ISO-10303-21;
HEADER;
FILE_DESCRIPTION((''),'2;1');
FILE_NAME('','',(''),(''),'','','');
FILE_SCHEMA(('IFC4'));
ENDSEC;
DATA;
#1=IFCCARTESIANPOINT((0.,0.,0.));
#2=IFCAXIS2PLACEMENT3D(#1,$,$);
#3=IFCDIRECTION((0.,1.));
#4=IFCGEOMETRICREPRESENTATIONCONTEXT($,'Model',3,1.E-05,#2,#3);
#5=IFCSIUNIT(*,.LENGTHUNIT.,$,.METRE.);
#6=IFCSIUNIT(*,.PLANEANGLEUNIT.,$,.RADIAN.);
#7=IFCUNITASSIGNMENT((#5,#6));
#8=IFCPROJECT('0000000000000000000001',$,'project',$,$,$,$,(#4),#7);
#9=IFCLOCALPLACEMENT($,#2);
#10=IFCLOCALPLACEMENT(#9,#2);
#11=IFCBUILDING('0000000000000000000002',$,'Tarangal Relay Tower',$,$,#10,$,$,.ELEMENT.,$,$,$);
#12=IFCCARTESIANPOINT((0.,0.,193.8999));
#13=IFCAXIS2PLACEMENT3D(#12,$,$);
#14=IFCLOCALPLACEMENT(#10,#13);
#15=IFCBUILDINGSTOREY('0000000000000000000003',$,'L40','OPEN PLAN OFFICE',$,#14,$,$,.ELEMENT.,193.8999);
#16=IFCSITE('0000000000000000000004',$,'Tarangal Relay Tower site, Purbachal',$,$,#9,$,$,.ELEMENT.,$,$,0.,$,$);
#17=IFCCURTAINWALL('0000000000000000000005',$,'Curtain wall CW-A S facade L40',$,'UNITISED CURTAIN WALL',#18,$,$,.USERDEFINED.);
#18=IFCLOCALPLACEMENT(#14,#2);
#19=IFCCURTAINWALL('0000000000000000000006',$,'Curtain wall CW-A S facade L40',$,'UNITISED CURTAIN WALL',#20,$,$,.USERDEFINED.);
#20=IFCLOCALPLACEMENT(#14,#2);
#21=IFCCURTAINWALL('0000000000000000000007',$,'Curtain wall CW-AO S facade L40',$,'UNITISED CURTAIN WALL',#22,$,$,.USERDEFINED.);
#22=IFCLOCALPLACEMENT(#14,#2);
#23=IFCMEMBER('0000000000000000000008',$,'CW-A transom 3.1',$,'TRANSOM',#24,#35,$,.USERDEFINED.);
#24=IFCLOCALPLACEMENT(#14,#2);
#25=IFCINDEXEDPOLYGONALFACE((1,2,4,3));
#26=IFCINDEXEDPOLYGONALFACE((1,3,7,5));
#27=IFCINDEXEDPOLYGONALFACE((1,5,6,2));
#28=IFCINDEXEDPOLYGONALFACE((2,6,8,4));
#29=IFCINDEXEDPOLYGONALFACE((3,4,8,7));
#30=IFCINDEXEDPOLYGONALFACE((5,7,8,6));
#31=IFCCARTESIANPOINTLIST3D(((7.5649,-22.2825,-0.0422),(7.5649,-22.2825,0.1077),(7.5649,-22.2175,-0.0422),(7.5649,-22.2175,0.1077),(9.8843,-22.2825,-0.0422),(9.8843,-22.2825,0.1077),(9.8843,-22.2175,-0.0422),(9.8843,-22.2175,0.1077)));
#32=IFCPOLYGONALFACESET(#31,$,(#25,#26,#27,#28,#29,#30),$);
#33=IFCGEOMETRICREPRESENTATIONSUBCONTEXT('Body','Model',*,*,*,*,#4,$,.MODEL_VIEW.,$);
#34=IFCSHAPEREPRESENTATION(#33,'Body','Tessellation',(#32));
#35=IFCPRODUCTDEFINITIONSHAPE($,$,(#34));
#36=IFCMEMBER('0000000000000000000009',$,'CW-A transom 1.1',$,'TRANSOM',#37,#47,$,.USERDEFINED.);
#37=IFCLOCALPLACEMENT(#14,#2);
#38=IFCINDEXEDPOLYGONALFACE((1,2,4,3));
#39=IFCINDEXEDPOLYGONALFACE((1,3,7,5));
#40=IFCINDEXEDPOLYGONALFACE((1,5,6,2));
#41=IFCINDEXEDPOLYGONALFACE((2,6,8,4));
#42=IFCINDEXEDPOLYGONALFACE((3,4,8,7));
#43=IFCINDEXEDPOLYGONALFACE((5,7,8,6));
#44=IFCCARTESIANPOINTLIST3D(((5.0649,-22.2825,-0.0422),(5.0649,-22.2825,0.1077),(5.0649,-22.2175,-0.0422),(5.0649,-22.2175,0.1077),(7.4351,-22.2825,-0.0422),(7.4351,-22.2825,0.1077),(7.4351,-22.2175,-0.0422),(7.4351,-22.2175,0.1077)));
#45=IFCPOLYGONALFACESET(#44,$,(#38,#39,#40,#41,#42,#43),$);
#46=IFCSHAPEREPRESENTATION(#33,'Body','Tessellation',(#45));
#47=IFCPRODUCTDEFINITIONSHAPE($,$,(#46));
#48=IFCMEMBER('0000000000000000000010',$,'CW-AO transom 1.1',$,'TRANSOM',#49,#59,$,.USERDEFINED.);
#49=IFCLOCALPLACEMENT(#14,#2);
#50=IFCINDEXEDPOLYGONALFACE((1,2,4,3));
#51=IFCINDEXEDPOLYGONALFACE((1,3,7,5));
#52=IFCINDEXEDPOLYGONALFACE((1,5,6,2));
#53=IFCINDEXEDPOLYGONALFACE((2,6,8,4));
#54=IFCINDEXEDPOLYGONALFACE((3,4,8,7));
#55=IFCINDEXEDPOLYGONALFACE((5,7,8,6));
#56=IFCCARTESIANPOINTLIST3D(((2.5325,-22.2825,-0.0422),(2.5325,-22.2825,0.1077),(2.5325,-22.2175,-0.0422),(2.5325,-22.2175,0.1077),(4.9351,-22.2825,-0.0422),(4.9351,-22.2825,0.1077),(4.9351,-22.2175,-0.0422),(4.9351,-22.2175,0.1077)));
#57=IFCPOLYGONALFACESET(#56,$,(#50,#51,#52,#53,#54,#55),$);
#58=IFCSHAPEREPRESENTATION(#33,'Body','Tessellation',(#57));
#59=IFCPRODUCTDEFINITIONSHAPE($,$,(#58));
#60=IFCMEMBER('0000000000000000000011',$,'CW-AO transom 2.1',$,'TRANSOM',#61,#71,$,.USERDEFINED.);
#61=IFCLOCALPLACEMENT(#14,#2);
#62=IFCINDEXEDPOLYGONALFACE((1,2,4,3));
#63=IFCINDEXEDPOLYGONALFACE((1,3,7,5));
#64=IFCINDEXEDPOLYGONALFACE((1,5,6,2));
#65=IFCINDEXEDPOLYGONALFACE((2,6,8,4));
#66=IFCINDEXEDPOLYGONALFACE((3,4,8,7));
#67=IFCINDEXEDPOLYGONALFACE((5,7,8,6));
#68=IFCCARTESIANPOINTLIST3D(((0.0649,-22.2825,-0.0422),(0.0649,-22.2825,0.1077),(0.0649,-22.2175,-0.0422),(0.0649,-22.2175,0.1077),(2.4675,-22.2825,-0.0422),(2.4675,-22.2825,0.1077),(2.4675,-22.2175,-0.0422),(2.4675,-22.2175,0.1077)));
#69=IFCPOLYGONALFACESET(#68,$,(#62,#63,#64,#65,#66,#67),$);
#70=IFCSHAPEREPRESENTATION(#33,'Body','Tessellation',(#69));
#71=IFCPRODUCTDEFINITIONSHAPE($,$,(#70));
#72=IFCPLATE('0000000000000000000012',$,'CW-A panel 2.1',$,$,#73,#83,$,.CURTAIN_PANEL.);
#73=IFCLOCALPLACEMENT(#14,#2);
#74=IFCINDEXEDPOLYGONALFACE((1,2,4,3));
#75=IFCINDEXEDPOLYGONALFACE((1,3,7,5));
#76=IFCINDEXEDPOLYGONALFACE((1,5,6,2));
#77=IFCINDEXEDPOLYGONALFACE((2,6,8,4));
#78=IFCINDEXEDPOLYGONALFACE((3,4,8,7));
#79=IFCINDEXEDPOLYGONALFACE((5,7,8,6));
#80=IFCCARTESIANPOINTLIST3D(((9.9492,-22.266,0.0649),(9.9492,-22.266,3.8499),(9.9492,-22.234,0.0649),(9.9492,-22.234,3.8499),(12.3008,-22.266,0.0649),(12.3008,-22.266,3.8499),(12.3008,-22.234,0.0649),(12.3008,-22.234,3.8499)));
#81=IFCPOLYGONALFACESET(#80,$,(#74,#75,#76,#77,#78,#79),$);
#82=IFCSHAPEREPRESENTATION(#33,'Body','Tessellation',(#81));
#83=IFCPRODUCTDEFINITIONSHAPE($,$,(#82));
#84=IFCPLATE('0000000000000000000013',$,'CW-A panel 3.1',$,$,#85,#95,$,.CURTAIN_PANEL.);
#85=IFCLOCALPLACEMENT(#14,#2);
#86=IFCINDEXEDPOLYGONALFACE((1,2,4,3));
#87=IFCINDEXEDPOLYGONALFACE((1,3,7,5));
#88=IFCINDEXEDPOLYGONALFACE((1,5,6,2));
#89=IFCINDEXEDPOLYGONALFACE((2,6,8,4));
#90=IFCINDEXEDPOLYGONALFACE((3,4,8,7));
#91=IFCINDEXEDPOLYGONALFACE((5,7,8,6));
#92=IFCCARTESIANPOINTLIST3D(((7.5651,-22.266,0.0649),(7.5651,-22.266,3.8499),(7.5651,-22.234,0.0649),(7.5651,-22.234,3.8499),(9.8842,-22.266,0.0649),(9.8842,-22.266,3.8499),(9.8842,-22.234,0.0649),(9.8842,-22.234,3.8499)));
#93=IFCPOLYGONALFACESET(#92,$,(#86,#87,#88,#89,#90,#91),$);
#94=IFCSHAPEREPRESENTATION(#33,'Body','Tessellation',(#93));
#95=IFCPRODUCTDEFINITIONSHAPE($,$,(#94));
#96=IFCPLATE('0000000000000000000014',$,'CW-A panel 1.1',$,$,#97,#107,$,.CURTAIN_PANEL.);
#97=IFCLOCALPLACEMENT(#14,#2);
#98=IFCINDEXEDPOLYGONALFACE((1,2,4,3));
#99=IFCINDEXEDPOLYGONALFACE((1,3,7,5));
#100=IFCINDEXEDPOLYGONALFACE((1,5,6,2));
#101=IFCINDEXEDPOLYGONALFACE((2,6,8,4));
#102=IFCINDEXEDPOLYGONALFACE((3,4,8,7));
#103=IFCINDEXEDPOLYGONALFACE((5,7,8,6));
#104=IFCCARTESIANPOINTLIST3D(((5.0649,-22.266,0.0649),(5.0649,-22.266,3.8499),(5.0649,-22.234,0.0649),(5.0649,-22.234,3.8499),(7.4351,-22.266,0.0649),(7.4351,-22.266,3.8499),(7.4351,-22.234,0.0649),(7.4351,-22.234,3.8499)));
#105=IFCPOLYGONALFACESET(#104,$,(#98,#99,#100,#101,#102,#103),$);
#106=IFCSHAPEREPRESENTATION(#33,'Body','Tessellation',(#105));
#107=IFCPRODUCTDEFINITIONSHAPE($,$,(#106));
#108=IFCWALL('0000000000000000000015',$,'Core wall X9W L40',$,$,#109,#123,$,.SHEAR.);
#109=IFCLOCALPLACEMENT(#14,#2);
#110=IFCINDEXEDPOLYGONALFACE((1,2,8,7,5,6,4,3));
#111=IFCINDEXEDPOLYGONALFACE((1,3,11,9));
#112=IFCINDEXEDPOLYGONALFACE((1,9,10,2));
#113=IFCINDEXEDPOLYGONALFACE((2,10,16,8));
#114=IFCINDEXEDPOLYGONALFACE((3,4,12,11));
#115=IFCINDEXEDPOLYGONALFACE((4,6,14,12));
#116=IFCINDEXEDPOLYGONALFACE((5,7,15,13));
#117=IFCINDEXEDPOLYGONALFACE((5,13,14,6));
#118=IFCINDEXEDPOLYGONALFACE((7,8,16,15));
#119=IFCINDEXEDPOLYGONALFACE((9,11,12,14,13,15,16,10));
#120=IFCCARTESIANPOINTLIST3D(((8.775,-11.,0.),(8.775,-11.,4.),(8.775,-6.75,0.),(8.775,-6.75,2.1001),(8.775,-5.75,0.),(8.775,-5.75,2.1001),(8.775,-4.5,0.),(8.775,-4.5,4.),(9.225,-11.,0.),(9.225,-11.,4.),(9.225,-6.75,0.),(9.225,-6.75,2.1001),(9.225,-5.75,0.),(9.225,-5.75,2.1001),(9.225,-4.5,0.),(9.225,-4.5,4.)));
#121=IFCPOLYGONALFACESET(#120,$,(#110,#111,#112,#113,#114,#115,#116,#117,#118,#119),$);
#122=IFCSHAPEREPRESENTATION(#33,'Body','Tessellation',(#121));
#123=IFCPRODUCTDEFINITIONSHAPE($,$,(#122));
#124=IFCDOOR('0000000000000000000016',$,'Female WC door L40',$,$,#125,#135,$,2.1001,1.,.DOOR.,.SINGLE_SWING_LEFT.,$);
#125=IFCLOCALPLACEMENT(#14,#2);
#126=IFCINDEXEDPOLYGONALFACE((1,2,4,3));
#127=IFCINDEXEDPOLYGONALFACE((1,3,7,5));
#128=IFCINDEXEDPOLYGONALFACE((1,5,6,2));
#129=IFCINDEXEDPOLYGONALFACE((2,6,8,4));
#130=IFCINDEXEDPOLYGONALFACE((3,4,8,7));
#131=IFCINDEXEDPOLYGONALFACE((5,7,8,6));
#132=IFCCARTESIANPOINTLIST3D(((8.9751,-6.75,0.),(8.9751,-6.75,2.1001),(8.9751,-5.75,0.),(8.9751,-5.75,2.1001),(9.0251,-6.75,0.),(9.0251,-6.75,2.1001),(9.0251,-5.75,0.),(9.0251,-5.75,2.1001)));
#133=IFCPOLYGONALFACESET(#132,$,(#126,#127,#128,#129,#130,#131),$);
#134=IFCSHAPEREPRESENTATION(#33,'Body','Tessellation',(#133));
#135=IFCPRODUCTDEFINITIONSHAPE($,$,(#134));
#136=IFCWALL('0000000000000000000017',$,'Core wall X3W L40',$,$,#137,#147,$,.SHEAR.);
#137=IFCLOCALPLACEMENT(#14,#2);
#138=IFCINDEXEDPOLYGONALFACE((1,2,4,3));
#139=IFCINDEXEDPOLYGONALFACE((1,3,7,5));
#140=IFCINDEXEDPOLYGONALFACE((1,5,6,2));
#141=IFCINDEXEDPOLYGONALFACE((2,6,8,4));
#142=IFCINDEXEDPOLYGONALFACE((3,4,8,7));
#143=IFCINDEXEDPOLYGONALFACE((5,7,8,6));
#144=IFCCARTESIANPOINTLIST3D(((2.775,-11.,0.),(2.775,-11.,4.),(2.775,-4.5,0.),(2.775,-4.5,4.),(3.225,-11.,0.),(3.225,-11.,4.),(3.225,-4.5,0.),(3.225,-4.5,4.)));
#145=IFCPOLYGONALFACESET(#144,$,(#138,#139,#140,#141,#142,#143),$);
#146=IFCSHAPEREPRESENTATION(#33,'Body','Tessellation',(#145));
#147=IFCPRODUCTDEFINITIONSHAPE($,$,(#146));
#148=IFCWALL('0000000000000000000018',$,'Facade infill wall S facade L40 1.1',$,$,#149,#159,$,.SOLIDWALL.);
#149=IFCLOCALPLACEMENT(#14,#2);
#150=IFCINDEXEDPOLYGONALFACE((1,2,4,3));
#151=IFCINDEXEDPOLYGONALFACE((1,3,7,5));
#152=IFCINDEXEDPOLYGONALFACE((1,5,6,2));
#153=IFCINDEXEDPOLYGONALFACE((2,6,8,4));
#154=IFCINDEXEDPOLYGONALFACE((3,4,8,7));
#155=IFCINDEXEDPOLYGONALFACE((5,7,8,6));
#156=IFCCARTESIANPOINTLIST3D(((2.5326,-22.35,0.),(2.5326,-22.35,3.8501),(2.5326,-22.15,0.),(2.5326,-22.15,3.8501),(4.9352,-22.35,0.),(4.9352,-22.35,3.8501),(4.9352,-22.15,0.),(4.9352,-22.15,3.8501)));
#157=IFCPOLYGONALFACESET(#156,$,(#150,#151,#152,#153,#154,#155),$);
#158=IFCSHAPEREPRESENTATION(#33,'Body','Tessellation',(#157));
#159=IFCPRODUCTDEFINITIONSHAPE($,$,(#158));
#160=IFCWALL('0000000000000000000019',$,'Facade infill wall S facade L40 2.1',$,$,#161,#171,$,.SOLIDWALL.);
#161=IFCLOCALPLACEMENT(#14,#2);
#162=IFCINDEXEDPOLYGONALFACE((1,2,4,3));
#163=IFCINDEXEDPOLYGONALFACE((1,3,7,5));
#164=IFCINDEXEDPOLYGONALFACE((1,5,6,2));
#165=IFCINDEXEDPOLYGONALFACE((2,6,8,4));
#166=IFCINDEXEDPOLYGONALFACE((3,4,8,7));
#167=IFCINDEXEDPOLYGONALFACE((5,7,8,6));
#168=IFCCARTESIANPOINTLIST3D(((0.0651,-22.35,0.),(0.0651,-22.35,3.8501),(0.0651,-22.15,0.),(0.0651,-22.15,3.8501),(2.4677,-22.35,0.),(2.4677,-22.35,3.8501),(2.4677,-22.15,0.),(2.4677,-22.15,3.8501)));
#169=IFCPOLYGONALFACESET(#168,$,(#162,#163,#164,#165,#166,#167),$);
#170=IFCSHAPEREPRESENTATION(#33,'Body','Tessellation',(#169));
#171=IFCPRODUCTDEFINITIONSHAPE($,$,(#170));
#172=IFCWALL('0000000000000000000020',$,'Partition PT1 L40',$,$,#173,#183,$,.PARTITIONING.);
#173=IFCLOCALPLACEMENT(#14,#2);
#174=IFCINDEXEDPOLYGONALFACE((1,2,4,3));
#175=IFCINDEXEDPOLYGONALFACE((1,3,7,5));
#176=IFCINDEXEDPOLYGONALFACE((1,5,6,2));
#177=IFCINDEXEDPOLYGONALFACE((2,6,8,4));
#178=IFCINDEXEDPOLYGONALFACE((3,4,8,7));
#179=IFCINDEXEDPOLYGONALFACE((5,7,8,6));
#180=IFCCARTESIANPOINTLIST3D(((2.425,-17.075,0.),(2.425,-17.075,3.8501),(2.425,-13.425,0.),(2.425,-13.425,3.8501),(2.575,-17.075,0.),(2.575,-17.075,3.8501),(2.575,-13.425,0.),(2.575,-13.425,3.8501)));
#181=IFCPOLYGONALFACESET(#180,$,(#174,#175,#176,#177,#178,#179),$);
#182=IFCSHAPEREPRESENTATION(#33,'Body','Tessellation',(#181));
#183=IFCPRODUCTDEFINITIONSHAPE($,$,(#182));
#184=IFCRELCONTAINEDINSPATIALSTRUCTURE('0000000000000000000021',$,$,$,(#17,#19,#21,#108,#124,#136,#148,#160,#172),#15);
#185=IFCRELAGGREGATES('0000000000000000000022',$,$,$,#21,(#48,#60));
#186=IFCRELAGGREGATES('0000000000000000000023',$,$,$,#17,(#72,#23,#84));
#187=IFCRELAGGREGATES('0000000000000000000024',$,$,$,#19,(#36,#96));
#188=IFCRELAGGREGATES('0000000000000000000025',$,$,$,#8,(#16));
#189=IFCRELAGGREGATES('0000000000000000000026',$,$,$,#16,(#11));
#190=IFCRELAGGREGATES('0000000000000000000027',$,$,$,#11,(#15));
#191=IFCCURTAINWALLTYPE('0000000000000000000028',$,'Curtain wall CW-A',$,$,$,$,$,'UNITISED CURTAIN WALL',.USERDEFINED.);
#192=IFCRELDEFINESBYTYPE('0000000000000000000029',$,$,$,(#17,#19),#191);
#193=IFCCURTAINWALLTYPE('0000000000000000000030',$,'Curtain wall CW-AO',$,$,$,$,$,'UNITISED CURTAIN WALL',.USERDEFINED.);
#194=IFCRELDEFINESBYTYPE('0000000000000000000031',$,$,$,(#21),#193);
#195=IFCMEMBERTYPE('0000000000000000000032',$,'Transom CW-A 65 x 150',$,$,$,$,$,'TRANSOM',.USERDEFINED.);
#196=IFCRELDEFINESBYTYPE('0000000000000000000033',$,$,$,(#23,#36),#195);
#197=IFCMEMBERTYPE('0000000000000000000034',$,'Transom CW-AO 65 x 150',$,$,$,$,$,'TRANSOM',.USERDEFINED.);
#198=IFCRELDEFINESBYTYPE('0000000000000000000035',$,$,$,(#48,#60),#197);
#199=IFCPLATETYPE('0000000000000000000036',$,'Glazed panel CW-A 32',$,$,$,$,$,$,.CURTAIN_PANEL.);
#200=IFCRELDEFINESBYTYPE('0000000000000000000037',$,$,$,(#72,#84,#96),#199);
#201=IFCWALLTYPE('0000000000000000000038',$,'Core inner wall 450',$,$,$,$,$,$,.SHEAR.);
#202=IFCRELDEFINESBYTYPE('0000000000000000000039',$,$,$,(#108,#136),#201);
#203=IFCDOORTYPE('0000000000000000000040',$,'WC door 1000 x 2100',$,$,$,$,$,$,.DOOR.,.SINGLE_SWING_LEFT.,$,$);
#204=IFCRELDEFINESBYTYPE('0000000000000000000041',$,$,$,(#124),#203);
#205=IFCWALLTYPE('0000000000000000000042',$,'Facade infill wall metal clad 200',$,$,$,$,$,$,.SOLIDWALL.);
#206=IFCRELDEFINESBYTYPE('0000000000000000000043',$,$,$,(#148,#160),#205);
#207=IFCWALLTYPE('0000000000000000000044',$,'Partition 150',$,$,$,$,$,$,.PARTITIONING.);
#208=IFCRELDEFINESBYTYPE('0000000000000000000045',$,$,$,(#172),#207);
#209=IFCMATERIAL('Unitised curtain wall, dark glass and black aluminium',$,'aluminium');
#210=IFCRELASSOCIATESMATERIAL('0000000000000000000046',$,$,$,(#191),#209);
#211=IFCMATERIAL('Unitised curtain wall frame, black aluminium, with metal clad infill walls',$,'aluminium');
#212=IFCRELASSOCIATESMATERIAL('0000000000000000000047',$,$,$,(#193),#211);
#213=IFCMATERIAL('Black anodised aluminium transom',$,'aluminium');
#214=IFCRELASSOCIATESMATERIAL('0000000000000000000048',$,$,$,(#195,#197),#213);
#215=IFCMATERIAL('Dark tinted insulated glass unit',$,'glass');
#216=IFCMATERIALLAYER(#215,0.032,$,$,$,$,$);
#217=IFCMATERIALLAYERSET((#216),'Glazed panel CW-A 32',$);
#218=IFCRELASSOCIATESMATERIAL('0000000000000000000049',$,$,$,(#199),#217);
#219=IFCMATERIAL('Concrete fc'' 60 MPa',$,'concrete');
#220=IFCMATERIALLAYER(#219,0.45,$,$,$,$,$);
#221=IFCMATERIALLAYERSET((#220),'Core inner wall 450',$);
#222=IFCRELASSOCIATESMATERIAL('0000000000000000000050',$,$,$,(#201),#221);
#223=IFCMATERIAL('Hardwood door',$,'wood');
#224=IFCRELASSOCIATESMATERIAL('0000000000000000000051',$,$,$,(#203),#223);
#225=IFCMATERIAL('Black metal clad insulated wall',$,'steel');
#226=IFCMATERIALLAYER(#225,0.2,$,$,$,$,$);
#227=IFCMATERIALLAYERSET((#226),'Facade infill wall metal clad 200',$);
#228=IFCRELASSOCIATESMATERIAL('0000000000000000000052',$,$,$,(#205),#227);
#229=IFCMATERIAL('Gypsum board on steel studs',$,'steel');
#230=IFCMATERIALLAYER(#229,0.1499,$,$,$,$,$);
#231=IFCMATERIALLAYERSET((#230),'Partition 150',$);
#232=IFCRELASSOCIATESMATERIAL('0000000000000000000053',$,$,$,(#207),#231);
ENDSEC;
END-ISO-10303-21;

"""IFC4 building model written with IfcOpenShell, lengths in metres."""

from ifc_helpers import new_model, si_unit, direction, frame, frame_2d, origin, origin_2d, place, context, subcontext, project, spatial, rectangle, extrude, material, layer, layer_set, material_profile, profile_set, type_object, element, fill, aggregate, save


model = new_model("IFC4")

# Units and contexts
model_context = context("Model", 3, precision=1e-05, world=origin(), true_north=direction((0.0, 1.0)))
body_context = subcontext(model_context, "Body", "Model", "MODEL_VIEW")
ifc_project = project(units=[si_unit("LENGTHUNIT", "METRE"), si_unit("PLANEANGLEUNIT", "RADIAN")], contexts=[model_context])

# Site, building, storey
site_placement = place(None, origin())
site = spatial("IfcSite", under=ifc_project, at=site_placement, Name="Tarangal Relay Tower site, Purbachal", CompositionType="ELEMENT", RefElevation=0.0)
building_placement = place(site_placement, origin())
building = spatial("IfcBuilding", under=site, at=building_placement, Name="Tarangal Relay Tower", CompositionType="ELEMENT")
storey_placement = place(building_placement, frame((0.0, 0.0, 193.8999)))
storey = spatial("IfcBuildingStorey", under=building, at=storey_placement, Name="L40", Description="OPEN PLAN OFFICE", CompositionType="ELEMENT", Elevation=193.8999)

# Curtain walls
ifc_material_1 = material(Name="Unitised curtain wall, dark glass and black aluminium", Category="aluminium")
curtain_wall_type_1 = type_object("IfcCurtainWallType", Name="Curtain wall CW-A", ElementType="UNITISED CURTAIN WALL", PredefinedType="USERDEFINED", material=ifc_material_1)
curtain_wall_1_placement = place(storey_placement, origin())
curtain_wall_1 = element("IfcCurtainWall", 1, at=curtain_wall_1_placement, inside=storey, type_object=curtain_wall_type_1, Name="Curtain wall CW-A S facade L40", ObjectType="UNITISED CURTAIN WALL", PredefinedType="USERDEFINED")
curtain_wall_2_placement = place(storey_placement, origin())
curtain_wall_2 = element("IfcCurtainWall", 2, at=curtain_wall_2_placement, inside=storey, type_object=curtain_wall_type_1, Name="Curtain wall CW-A S facade L40", ObjectType="UNITISED CURTAIN WALL", PredefinedType="USERDEFINED")
ifc_material_2 = material(Name="Unitised curtain wall frame, black aluminium, with metal clad infill walls", Category="aluminium")
curtain_wall_type_2 = type_object("IfcCurtainWallType", Name="Curtain wall CW-AO", ElementType="UNITISED CURTAIN WALL", PredefinedType="USERDEFINED", material=ifc_material_2)
curtain_wall_3_placement = place(storey_placement, origin())
curtain_wall_3 = element("IfcCurtainWall", 3, at=curtain_wall_3_placement, inside=storey, type_object=curtain_wall_type_2, Name="Curtain wall CW-AO S facade L40", ObjectType="UNITISED CURTAIN WALL", PredefinedType="USERDEFINED")

# Members
ifc_material_3 = material(Name="Black anodised aluminium transom", Category="aluminium")
ifc_material_profile_1 = material_profile(ifc_material_3, rectangle(XDim=0.0649, YDim=0.1499, at=origin_2d()), Name="CW-AT 65X150")
ifc_profile_set_1 = profile_set([ifc_material_profile_1], Name="Black anodised aluminium transom")
member_type_1 = type_object("IfcMemberType", Name="Transom CW-A 65 x 150", ElementType="TRANSOM", PredefinedType="USERDEFINED", material=ifc_profile_set_1)
member_1_placement = place(storey_placement, frame((9.8843, -22.25, 0.0327), z_axis=(-1.0, 0.0, 0.0), x_axis=(0.0, -1.0, 0.0)))
member_1 = element("IfcMember", 4, at=member_1_placement, type_object=member_type_1, Name="CW-A transom 3.1", ObjectType="TRANSOM", PredefinedType="USERDEFINED", context=body_context, shape_type="SweptSolid", body=[
    extrude(rectangle(XDim=0.0649, YDim=0.1499, at=origin_2d()), origin(), (0.0, 0.0, 1.0), 2.3193),
])
member_2_placement = place(storey_placement, frame((7.4351, -22.25, 0.0327), z_axis=(-1.0, 0.0, 0.0), x_axis=(0.0, -1.0, 0.0)))
member_2 = element("IfcMember", 5, at=member_2_placement, type_object=member_type_1, Name="CW-A transom 1.1", ObjectType="TRANSOM", PredefinedType="USERDEFINED", context=body_context, shape_type="SweptSolid", body=[
    extrude(rectangle(XDim=0.0649, YDim=0.1499, at=origin_2d()), origin(), (0.0, 0.0, 1.0), 2.3701),
])
ifc_material_profile_2 = material_profile(ifc_material_3, rectangle(XDim=0.0649, YDim=0.1499, at=origin_2d()), Name="CW-AOT 65X150")
ifc_profile_set_2 = profile_set([ifc_material_profile_2], Name="Black anodised aluminium transom")
member_type_2 = type_object("IfcMemberType", Name="Transom CW-AO 65 x 150", ElementType="TRANSOM", PredefinedType="USERDEFINED", material=ifc_profile_set_2)
member_3_placement = place(storey_placement, frame((4.9351, -22.25, 0.0327), z_axis=(-1.0, 0.0, 0.0), x_axis=(0.0, -1.0, 0.0)))
member_3 = element("IfcMember", 6, at=member_3_placement, type_object=member_type_2, Name="CW-AO transom 1.1", ObjectType="TRANSOM", PredefinedType="USERDEFINED", context=body_context, shape_type="SweptSolid", body=[
    extrude(rectangle(XDim=0.0649, YDim=0.1499, at=origin_2d()), origin(), (0.0, 0.0, 1.0), 2.4026),
])
member_4_placement = place(storey_placement, frame((2.4675, -22.25, 0.0327), z_axis=(-1.0, 0.0, 0.0), x_axis=(0.0, -1.0, 0.0)))
member_4 = element("IfcMember", 7, at=member_4_placement, type_object=member_type_2, Name="CW-AO transom 2.1", ObjectType="TRANSOM", PredefinedType="USERDEFINED", context=body_context, shape_type="SweptSolid", body=[
    extrude(rectangle(XDim=0.0649, YDim=0.1499, at=origin_2d()), origin(), (0.0, 0.0, 1.0), 2.4026),
])
aggregate(curtain_wall_3, [member_3, member_4])

# Plates
ifc_material_4 = material(Name="Dark tinted insulated glass unit", Category="glass")
ifc_layer_1 = layer(ifc_material_4, 0.032)
ifc_layer_set_1 = layer_set([ifc_layer_1], Name="Glazed panel CW-A 32")
plate_type = type_object("IfcPlateType", Name="Glazed panel CW-A 32", PredefinedType="CURTAIN_PANEL", material=ifc_layer_set_1)
plate_1_placement = place(storey_placement, frame((11.125, -22.25, 0.0649), z_axis=(0.0, 0.0, 1.0), x_axis=(-1.0, 0.0, 0.0)))
plate_1 = element("IfcPlate", 8, at=plate_1_placement, type_object=plate_type, Name="CW-A panel 2.1", PredefinedType="CURTAIN_PANEL", context=body_context, shape_type="SweptSolid", body=[
    extrude(rectangle(XDim=2.3516, YDim=0.032, at=origin_2d()), origin(), (0.0, 0.0, 1.0), 3.7849),
])
plate_2_placement = place(storey_placement, frame((8.7246, -22.25, 0.0649), z_axis=(0.0, 0.0, 1.0), x_axis=(-1.0, 0.0, 0.0)))
plate_2 = element("IfcPlate", 9, at=plate_2_placement, type_object=plate_type, Name="CW-A panel 3.1", PredefinedType="CURTAIN_PANEL", context=body_context, shape_type="SweptSolid", body=[
    extrude(rectangle(XDim=2.3191, YDim=0.032, at=origin_2d()), origin(), (0.0, 0.0, 1.0), 3.7849),
])
aggregate(curtain_wall_1, [plate_1, member_1, plate_2])
plate_3_placement = place(storey_placement, frame((6.25, -22.25, 0.0649), z_axis=(0.0, 0.0, 1.0), x_axis=(-1.0, 0.0, 0.0)))
plate_3 = element("IfcPlate", 10, at=plate_3_placement, type_object=plate_type, Name="CW-A panel 1.1", PredefinedType="CURTAIN_PANEL", context=body_context, shape_type="SweptSolid", body=[
    extrude(rectangle(XDim=2.3701, YDim=0.032, at=origin_2d()), origin(), (0.0, 0.0, 1.0), 3.7849),
])
aggregate(curtain_wall_2, [member_2, plate_3])

# Wall, opening, door
ifc_material_5 = material(Name="Concrete fc' 60 MPa", Category="concrete")
ifc_layer_2 = layer(ifc_material_5, 0.45)
ifc_layer_set_2 = layer_set([ifc_layer_2], Name="Core inner wall 450")
wall_type_1 = type_object("IfcWallType", Name="Core inner wall 450", PredefinedType="SHEAR", material=ifc_layer_set_2)
wall_1_placement = place(storey_placement, frame((9.0, -11.0, 0.0), z_axis=(0.0, 0.0, 1.0), x_axis=(0.0, 1.0, 0.0)))
wall_1 = element("IfcWall", 11, at=wall_1_placement, inside=storey, type_object=wall_type_1, Name="Core wall X9W L40", PredefinedType="SHEAR", context=body_context, shape_type="SweptSolid", body=[
    extrude(rectangle(XDim=6.5, YDim=0.45, at=frame_2d((3.25, 0.0))), origin(), (0.0, 0.0, 1.0), 4.0),
])
opening_1_placement = place(wall_1_placement, frame((4.25, 0.0, 0.0)))
opening_1 = element("IfcOpeningElement", 12, at=opening_1_placement, cuts=wall_1, PredefinedType="OPENING", context=body_context, shape_type="SweptSolid", body=[
    extrude(rectangle(XDim=1.0, YDim=2.1001, at=frame_2d((0.5, 1.05))), frame((0.0, 0.2349, 0.0), z_axis=(0.0, -1.0, 0.0), x_axis=(1.0, 0.0, 0.0)), (0.0, 0.0, 1.0), 0.47),
])
ifc_material_6 = material(Name="Hardwood door", Category="wood")
door_type = type_object("IfcDoorType", Name="WC door 1000 x 2100", OperationType="SINGLE_SWING_LEFT", PredefinedType="DOOR", material=ifc_material_6)
door_1_placement = place(opening_1_placement, origin())
door_1 = element("IfcDoor", 13, at=door_1_placement, inside=storey, type_object=door_type, Name="Female WC door L40", OperationType="SINGLE_SWING_LEFT", OverallHeight=2.1001, OverallWidth=1.0, PredefinedType="DOOR", context=body_context, shape_type="SweptSolid", body=[
    extrude(rectangle(XDim=1.0, YDim=2.1001, at=frame_2d((0.5, 1.05))), frame((0.0, 0.0249, 0.0), z_axis=(0.0, -1.0, 0.0), x_axis=(1.0, 0.0, 0.0)), (0.0, 0.0, 1.0), 0.05),
])
fill(opening_1, door_1)

# Walls
wall_2_placement = place(storey_placement, frame((3.0, -11.0, 0.0), z_axis=(0.0, 0.0, 1.0), x_axis=(0.0, 1.0, 0.0)))
element("IfcWall", 14, at=wall_2_placement, inside=storey, type_object=wall_type_1, Name="Core wall X3W L40", PredefinedType="SHEAR", context=body_context, shape_type="SweptSolid", body=[
    extrude(rectangle(XDim=6.5, YDim=0.45, at=frame_2d((3.25, 0.0))), origin(), (0.0, 0.0, 1.0), 4.0),
])
ifc_material_7 = material(Name="Black metal clad insulated wall", Category="steel")
ifc_layer_3 = layer(ifc_material_7, 0.2)
ifc_layer_set_3 = layer_set([ifc_layer_3], Name="Facade infill wall metal clad 200")
wall_type_2 = type_object("IfcWallType", Name="Facade infill wall metal clad 200", PredefinedType="SOLIDWALL", material=ifc_layer_set_3)
for number, where, z_axis, x_axis, name in (
    (15, (4.9351, -22.25, 0.0), (0.0, 0.0, 1.0), (-1.0, 0.0, 0.0), "Facade infill wall S facade L40 1.1"),
    (16, (2.4675, -22.25, 0.0), (0.0, 0.0, 1.0), (-1.0, 0.0, 0.0), "Facade infill wall S facade L40 2.1"),
):
    element("IfcWall", number, at=place(storey_placement, frame(where, z_axis=z_axis, x_axis=x_axis)), inside=storey, type_object=wall_type_2, Name=name, PredefinedType="SOLIDWALL", context=body_context, shape_type="SweptSolid", body=[
        extrude(rectangle(XDim=2.4026, YDim=0.2, at=frame_2d((1.2012, 0.0))), origin(), (0.0, 0.0, 1.0), 3.8501),
    ])
ifc_material_8 = material(Name="Gypsum board on steel studs", Category="steel")
ifc_layer_4 = layer(ifc_material_8, 0.1499)
ifc_layer_set_4 = layer_set([ifc_layer_4], Name="Partition 150")
wall_type_3 = type_object("IfcWallType", Name="Partition 150", PredefinedType="PARTITIONING", material=ifc_layer_set_4)
wall_3_placement = place(storey_placement, frame((2.5, -17.075, 0.0), z_axis=(0.0, 0.0, 1.0), x_axis=(0.0, 1.0, 0.0)))
element("IfcWall", 17, at=wall_3_placement, inside=storey, type_object=wall_type_3, Name="Partition PT1 L40", PredefinedType="PARTITIONING", context=body_context, shape_type="SweptSolid", body=[
    extrude(rectangle(XDim=3.6499, YDim=0.1499, at=frame_2d((1.825, 0.0))), origin(), (0.0, 0.0, 1.0), 3.8501),
])

save(model, "model.ifc")
